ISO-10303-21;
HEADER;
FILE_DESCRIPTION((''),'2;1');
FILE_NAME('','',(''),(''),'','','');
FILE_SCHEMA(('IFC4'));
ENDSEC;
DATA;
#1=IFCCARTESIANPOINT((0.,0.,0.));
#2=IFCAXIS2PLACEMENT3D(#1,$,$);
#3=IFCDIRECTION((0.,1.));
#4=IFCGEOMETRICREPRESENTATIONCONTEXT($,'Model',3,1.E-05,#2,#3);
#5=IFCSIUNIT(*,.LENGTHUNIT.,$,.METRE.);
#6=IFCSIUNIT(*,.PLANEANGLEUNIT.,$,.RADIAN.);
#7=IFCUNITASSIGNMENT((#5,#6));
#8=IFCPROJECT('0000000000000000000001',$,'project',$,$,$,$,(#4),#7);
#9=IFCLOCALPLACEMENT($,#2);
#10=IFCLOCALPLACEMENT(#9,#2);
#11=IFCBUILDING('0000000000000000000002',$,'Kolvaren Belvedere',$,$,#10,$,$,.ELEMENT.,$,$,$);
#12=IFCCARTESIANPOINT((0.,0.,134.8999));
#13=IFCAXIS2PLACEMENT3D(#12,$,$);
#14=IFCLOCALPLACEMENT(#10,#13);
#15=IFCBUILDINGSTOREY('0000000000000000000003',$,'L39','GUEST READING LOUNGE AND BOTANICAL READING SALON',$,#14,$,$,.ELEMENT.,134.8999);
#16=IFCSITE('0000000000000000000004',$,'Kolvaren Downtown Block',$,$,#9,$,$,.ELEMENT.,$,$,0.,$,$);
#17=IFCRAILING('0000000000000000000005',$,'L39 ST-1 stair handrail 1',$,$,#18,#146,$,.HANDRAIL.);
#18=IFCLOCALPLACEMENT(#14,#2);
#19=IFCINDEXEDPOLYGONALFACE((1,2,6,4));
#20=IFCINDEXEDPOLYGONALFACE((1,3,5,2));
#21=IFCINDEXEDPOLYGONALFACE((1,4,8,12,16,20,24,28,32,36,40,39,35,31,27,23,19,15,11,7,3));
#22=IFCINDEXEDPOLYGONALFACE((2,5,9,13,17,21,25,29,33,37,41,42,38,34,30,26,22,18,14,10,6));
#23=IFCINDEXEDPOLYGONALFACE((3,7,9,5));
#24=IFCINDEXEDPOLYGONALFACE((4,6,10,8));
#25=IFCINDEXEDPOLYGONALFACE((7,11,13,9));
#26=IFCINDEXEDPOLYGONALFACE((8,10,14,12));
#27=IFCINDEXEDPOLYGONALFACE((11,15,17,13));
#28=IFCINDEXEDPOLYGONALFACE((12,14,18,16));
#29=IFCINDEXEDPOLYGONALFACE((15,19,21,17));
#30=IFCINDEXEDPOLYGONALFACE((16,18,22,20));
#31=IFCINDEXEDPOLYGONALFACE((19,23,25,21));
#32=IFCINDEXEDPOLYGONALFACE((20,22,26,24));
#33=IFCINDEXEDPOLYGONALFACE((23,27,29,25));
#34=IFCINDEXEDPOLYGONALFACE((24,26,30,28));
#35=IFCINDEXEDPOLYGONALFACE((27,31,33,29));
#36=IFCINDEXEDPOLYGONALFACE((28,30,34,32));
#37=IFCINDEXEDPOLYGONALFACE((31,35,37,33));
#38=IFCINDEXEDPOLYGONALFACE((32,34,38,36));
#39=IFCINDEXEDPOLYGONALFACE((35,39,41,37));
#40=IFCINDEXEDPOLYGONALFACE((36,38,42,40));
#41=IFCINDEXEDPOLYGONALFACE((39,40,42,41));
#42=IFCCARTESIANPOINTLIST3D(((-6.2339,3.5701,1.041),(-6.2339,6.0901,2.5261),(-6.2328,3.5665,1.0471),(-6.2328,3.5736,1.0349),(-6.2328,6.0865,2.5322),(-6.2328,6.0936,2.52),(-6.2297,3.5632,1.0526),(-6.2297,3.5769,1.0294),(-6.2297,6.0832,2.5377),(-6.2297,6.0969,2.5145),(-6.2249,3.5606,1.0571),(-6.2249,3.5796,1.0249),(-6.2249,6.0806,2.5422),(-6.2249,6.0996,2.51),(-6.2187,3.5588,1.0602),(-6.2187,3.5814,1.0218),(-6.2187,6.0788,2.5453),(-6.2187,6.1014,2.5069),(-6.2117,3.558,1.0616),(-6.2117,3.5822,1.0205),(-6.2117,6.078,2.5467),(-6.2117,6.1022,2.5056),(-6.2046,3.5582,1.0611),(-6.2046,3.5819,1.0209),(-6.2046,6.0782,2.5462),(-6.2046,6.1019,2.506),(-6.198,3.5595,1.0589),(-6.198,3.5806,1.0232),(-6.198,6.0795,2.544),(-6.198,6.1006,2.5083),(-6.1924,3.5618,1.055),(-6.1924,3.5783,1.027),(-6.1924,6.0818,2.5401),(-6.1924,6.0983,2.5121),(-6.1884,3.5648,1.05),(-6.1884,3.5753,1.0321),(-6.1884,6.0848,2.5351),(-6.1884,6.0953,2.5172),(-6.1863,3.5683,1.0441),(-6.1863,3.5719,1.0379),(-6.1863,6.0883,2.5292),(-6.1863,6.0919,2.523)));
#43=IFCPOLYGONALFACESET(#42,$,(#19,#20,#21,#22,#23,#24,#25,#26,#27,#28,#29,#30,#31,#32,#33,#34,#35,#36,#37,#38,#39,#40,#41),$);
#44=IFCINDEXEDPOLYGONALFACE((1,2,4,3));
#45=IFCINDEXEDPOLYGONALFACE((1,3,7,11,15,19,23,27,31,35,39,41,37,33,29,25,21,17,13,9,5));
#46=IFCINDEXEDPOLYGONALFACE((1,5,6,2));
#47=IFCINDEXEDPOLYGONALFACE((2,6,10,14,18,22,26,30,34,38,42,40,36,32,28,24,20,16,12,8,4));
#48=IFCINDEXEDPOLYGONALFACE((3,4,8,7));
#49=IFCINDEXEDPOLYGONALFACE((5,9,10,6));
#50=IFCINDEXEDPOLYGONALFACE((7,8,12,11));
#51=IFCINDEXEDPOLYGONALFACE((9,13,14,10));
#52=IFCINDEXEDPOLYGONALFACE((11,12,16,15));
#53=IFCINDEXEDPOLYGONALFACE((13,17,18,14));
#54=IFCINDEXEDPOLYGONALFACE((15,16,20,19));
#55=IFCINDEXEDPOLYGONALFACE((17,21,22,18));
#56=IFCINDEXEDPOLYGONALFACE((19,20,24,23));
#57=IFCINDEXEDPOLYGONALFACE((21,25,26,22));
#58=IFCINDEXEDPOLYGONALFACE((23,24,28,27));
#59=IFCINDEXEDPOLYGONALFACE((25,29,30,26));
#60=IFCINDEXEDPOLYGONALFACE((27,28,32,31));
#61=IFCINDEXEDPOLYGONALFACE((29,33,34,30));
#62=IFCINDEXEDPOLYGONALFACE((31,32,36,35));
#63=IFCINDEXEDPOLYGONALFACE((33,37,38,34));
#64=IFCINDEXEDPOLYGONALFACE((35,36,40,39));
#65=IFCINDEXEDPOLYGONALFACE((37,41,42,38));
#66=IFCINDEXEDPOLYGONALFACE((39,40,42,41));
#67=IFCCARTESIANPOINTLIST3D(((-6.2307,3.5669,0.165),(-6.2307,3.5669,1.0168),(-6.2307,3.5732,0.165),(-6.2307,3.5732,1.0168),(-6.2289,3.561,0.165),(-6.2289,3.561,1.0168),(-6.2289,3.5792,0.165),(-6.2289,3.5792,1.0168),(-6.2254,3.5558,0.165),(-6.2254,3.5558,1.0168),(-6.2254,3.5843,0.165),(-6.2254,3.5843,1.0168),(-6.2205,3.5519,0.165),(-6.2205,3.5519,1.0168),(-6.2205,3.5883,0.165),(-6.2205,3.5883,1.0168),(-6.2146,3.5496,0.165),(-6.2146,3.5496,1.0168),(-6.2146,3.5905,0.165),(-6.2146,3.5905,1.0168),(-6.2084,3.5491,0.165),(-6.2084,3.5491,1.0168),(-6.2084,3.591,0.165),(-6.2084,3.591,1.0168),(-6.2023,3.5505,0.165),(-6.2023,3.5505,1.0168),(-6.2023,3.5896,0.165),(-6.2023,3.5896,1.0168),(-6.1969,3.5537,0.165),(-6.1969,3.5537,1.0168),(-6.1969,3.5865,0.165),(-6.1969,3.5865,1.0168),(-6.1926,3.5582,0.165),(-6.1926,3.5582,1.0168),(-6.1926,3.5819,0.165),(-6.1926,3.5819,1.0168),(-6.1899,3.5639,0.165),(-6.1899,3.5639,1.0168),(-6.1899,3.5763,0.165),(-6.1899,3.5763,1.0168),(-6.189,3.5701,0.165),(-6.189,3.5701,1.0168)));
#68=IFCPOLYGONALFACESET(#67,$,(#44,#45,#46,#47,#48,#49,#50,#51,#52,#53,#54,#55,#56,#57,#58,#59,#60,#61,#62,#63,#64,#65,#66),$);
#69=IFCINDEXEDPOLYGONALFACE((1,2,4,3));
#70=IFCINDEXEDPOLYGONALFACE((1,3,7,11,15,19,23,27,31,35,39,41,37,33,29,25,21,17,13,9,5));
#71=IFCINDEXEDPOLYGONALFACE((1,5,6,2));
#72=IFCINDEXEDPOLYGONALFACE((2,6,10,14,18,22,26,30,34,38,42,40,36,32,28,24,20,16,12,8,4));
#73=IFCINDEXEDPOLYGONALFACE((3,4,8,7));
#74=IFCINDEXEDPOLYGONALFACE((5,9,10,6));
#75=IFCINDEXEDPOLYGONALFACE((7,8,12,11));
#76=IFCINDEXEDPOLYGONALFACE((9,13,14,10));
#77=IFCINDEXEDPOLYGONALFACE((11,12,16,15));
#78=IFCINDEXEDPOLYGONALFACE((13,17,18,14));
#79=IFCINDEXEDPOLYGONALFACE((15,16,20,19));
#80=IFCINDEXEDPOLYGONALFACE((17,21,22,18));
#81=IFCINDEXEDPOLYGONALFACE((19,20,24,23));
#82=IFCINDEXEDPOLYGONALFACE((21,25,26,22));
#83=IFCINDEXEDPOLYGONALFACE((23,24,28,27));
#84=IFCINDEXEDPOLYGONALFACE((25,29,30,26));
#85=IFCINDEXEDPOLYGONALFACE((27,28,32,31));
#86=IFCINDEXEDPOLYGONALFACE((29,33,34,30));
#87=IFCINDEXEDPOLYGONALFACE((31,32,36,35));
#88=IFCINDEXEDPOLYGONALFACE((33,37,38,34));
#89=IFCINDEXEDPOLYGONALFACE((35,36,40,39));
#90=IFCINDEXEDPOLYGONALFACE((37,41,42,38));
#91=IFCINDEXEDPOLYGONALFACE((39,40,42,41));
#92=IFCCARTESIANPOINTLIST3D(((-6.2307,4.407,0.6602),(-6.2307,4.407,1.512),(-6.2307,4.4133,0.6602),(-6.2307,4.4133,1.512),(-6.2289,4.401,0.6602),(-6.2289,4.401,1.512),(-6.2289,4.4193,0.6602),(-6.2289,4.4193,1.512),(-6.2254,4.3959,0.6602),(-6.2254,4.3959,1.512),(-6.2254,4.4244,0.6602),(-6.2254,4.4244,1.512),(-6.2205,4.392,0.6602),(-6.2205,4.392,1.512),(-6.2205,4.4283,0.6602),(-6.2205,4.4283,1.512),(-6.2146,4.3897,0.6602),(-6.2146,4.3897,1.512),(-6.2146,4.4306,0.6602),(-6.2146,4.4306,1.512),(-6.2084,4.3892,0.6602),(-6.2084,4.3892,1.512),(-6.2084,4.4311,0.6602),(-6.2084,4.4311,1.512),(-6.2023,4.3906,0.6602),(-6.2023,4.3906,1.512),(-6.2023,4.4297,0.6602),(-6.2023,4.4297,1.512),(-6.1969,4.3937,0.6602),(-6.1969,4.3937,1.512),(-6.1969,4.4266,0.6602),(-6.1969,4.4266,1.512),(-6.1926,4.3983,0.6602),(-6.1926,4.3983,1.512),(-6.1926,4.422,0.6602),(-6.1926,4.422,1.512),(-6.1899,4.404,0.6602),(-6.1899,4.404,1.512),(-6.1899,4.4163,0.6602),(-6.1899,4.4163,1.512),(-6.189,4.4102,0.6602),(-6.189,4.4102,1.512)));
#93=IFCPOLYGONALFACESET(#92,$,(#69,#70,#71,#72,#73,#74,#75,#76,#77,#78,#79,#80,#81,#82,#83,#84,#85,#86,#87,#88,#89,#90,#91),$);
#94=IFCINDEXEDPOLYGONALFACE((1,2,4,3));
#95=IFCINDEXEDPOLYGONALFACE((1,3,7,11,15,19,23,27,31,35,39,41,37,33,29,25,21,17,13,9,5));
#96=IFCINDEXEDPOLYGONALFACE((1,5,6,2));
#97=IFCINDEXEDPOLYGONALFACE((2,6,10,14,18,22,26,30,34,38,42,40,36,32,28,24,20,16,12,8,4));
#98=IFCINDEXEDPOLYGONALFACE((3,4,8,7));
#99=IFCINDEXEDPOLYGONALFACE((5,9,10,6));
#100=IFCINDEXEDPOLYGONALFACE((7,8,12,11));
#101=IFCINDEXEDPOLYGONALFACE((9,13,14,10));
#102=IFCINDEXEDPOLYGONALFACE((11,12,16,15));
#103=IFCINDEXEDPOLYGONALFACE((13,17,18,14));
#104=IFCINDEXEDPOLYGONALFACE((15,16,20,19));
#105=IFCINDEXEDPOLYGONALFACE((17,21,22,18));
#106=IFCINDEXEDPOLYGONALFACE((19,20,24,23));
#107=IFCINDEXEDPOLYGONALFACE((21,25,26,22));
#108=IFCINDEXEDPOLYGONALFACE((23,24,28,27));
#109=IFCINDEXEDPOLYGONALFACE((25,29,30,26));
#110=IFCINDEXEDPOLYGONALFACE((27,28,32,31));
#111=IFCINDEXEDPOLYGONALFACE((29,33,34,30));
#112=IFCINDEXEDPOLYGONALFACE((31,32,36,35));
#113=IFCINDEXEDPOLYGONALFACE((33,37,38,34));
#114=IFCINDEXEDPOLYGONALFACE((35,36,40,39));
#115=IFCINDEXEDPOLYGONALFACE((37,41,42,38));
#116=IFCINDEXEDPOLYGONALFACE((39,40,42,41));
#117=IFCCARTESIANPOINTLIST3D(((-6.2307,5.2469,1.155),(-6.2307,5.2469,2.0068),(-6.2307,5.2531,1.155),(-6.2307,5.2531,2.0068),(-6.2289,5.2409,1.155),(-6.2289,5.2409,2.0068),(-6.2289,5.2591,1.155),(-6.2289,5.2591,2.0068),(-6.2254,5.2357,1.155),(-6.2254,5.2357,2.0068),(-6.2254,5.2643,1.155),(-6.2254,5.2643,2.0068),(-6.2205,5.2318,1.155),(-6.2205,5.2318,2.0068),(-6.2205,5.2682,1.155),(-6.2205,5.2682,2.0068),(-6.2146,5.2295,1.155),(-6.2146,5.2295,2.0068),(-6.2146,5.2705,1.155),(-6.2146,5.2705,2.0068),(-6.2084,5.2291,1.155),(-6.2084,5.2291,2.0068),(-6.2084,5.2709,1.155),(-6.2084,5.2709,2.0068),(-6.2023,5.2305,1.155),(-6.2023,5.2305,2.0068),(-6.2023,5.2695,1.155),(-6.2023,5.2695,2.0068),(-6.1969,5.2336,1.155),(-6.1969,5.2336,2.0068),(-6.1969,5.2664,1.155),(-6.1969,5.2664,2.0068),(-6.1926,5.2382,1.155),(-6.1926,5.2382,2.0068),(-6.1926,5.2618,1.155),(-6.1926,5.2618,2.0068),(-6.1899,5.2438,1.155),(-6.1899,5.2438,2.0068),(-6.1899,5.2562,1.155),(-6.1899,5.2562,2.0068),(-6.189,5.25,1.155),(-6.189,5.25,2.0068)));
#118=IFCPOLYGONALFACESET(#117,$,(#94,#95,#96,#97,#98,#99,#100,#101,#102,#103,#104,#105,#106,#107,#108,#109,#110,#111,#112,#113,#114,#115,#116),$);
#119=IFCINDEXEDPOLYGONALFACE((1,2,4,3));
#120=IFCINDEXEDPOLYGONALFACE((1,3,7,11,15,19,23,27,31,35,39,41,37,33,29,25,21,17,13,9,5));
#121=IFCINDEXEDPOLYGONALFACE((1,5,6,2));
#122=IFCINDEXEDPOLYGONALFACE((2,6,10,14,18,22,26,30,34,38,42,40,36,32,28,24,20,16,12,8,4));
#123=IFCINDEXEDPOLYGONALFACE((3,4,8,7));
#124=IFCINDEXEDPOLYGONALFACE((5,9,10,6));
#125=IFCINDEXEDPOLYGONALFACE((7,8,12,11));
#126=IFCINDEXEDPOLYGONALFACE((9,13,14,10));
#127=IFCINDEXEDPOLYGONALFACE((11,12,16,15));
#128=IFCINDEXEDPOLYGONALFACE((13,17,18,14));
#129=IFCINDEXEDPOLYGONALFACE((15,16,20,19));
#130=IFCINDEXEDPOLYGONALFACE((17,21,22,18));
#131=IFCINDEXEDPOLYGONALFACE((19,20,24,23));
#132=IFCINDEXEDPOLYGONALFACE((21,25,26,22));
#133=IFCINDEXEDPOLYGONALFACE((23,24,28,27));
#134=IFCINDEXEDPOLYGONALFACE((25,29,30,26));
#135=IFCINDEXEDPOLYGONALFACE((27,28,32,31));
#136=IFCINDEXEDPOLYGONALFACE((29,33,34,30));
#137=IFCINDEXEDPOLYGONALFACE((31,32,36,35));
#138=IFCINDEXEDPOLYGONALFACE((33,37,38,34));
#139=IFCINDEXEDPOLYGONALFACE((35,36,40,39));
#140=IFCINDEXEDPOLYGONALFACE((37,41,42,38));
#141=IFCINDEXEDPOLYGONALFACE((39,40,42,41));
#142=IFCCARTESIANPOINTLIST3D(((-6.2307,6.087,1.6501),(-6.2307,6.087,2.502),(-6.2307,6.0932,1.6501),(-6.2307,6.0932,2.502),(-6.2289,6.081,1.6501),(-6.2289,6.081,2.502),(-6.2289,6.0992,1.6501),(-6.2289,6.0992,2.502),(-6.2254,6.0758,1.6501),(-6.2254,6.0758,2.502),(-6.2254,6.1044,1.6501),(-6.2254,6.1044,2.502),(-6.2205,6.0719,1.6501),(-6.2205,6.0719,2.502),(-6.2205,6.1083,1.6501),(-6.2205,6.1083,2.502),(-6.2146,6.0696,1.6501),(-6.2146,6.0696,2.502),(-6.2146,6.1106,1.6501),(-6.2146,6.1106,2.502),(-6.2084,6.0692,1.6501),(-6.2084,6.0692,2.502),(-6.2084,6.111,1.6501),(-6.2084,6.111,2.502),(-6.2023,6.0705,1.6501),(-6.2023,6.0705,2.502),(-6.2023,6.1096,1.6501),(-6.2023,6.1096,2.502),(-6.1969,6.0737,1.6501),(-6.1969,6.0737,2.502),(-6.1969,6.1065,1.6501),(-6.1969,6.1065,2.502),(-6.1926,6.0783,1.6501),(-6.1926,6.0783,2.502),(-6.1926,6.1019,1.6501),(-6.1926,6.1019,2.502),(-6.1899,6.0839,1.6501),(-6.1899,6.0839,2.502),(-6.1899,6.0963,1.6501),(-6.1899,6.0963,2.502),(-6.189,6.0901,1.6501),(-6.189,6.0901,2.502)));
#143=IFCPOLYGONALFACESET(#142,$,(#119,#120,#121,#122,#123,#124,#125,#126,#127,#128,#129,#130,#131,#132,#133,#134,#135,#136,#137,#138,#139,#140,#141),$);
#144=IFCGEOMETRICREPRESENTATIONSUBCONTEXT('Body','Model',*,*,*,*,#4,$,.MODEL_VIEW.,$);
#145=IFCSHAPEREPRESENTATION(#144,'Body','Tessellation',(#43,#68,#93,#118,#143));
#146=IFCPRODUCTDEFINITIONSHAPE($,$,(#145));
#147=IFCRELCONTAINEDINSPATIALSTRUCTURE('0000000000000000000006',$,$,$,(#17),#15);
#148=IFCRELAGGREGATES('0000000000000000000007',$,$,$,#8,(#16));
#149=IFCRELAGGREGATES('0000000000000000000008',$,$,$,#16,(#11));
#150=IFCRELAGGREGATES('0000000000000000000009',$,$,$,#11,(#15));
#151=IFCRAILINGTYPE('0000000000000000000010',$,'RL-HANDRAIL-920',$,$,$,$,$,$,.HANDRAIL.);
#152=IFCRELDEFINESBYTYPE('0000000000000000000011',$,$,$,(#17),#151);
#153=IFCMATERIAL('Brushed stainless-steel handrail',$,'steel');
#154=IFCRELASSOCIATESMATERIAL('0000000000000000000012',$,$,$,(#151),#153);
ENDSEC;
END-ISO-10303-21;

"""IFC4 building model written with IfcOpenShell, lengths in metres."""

from ifc_helpers import new_model, si_unit, direction, frame, origin, origin_2d, place, context, subcontext, project, spatial, circle, extrude, material, type_object, element, save


model = new_model("IFC4")

# Units and contexts
model_context = context("Model", 3, precision=1e-05, world=origin(), true_north=direction((0.0, 1.0)))
body_context = subcontext(model_context, "Body", "Model", "MODEL_VIEW")
ifc_project = project(units=[si_unit("LENGTHUNIT", "METRE"), si_unit("PLANEANGLEUNIT", "RADIAN")], contexts=[model_context])

# Site, building, storey
site_placement = place(None, origin())
site = spatial("IfcSite", under=ifc_project, at=site_placement, Name="Kolvaren Downtown Block", CompositionType="ELEMENT", RefElevation=0.0)
building_placement = place(site_placement, origin())
building = spatial("IfcBuilding", under=site, at=building_placement, Name="Kolvaren Belvedere", CompositionType="ELEMENT")
storey_placement = place(building_placement, frame((0.0, 0.0, 134.8999)))
storey = spatial("IfcBuildingStorey", under=building, at=storey_placement, Name="L39", Description="GUEST READING LOUNGE AND BOTANICAL READING SALON", CompositionType="ELEMENT", Elevation=134.8999)

# Railing
ifc_material_1 = material(Name="Brushed stainless-steel handrail", Category="steel")
railing_type_1 = type_object("IfcRailingType", Name="RL-HANDRAIL-920", PredefinedType="HANDRAIL", material=ifc_material_1)
railing_1_placement = place(storey_placement, frame((-6.21, 3.5701, 0.165)))
element("IfcRailing", 1, at=railing_1_placement, inside=storey, type_object=railing_type_1, Name="L39 ST-1 stair handrail 1", PredefinedType="HANDRAIL", context=body_context, shape_type="SweptSolid", body=[
    extrude(circle(Radius=0.0239, at=origin_2d()), frame((0.0, 0.0, 0.876), z_axis=(0.0, 0.861524, 0.507717), x_axis=(-1.0, 0.0, 0.0)), (0.0, 0.0, 1.0), 2.925),
    extrude(circle(Radius=0.021, at=origin_2d()), origin(), (0.0, 0.0, 1.0), 0.8518),
    extrude(circle(Radius=0.021, at=origin_2d()), frame((0.0, 0.8401, 0.4951)), (0.0, 0.0, 1.0), 0.8518),
    extrude(circle(Radius=0.021, at=origin_2d()), frame((0.0, 1.6799, 0.99)), (0.0, 0.0, 1.0), 0.8518),
    extrude(circle(Radius=0.021, at=origin_2d()), frame((0.0, 2.52, 1.4851)), (0.0, 0.0, 1.0), 0.8518),
])

save(model, "model.ifc")
